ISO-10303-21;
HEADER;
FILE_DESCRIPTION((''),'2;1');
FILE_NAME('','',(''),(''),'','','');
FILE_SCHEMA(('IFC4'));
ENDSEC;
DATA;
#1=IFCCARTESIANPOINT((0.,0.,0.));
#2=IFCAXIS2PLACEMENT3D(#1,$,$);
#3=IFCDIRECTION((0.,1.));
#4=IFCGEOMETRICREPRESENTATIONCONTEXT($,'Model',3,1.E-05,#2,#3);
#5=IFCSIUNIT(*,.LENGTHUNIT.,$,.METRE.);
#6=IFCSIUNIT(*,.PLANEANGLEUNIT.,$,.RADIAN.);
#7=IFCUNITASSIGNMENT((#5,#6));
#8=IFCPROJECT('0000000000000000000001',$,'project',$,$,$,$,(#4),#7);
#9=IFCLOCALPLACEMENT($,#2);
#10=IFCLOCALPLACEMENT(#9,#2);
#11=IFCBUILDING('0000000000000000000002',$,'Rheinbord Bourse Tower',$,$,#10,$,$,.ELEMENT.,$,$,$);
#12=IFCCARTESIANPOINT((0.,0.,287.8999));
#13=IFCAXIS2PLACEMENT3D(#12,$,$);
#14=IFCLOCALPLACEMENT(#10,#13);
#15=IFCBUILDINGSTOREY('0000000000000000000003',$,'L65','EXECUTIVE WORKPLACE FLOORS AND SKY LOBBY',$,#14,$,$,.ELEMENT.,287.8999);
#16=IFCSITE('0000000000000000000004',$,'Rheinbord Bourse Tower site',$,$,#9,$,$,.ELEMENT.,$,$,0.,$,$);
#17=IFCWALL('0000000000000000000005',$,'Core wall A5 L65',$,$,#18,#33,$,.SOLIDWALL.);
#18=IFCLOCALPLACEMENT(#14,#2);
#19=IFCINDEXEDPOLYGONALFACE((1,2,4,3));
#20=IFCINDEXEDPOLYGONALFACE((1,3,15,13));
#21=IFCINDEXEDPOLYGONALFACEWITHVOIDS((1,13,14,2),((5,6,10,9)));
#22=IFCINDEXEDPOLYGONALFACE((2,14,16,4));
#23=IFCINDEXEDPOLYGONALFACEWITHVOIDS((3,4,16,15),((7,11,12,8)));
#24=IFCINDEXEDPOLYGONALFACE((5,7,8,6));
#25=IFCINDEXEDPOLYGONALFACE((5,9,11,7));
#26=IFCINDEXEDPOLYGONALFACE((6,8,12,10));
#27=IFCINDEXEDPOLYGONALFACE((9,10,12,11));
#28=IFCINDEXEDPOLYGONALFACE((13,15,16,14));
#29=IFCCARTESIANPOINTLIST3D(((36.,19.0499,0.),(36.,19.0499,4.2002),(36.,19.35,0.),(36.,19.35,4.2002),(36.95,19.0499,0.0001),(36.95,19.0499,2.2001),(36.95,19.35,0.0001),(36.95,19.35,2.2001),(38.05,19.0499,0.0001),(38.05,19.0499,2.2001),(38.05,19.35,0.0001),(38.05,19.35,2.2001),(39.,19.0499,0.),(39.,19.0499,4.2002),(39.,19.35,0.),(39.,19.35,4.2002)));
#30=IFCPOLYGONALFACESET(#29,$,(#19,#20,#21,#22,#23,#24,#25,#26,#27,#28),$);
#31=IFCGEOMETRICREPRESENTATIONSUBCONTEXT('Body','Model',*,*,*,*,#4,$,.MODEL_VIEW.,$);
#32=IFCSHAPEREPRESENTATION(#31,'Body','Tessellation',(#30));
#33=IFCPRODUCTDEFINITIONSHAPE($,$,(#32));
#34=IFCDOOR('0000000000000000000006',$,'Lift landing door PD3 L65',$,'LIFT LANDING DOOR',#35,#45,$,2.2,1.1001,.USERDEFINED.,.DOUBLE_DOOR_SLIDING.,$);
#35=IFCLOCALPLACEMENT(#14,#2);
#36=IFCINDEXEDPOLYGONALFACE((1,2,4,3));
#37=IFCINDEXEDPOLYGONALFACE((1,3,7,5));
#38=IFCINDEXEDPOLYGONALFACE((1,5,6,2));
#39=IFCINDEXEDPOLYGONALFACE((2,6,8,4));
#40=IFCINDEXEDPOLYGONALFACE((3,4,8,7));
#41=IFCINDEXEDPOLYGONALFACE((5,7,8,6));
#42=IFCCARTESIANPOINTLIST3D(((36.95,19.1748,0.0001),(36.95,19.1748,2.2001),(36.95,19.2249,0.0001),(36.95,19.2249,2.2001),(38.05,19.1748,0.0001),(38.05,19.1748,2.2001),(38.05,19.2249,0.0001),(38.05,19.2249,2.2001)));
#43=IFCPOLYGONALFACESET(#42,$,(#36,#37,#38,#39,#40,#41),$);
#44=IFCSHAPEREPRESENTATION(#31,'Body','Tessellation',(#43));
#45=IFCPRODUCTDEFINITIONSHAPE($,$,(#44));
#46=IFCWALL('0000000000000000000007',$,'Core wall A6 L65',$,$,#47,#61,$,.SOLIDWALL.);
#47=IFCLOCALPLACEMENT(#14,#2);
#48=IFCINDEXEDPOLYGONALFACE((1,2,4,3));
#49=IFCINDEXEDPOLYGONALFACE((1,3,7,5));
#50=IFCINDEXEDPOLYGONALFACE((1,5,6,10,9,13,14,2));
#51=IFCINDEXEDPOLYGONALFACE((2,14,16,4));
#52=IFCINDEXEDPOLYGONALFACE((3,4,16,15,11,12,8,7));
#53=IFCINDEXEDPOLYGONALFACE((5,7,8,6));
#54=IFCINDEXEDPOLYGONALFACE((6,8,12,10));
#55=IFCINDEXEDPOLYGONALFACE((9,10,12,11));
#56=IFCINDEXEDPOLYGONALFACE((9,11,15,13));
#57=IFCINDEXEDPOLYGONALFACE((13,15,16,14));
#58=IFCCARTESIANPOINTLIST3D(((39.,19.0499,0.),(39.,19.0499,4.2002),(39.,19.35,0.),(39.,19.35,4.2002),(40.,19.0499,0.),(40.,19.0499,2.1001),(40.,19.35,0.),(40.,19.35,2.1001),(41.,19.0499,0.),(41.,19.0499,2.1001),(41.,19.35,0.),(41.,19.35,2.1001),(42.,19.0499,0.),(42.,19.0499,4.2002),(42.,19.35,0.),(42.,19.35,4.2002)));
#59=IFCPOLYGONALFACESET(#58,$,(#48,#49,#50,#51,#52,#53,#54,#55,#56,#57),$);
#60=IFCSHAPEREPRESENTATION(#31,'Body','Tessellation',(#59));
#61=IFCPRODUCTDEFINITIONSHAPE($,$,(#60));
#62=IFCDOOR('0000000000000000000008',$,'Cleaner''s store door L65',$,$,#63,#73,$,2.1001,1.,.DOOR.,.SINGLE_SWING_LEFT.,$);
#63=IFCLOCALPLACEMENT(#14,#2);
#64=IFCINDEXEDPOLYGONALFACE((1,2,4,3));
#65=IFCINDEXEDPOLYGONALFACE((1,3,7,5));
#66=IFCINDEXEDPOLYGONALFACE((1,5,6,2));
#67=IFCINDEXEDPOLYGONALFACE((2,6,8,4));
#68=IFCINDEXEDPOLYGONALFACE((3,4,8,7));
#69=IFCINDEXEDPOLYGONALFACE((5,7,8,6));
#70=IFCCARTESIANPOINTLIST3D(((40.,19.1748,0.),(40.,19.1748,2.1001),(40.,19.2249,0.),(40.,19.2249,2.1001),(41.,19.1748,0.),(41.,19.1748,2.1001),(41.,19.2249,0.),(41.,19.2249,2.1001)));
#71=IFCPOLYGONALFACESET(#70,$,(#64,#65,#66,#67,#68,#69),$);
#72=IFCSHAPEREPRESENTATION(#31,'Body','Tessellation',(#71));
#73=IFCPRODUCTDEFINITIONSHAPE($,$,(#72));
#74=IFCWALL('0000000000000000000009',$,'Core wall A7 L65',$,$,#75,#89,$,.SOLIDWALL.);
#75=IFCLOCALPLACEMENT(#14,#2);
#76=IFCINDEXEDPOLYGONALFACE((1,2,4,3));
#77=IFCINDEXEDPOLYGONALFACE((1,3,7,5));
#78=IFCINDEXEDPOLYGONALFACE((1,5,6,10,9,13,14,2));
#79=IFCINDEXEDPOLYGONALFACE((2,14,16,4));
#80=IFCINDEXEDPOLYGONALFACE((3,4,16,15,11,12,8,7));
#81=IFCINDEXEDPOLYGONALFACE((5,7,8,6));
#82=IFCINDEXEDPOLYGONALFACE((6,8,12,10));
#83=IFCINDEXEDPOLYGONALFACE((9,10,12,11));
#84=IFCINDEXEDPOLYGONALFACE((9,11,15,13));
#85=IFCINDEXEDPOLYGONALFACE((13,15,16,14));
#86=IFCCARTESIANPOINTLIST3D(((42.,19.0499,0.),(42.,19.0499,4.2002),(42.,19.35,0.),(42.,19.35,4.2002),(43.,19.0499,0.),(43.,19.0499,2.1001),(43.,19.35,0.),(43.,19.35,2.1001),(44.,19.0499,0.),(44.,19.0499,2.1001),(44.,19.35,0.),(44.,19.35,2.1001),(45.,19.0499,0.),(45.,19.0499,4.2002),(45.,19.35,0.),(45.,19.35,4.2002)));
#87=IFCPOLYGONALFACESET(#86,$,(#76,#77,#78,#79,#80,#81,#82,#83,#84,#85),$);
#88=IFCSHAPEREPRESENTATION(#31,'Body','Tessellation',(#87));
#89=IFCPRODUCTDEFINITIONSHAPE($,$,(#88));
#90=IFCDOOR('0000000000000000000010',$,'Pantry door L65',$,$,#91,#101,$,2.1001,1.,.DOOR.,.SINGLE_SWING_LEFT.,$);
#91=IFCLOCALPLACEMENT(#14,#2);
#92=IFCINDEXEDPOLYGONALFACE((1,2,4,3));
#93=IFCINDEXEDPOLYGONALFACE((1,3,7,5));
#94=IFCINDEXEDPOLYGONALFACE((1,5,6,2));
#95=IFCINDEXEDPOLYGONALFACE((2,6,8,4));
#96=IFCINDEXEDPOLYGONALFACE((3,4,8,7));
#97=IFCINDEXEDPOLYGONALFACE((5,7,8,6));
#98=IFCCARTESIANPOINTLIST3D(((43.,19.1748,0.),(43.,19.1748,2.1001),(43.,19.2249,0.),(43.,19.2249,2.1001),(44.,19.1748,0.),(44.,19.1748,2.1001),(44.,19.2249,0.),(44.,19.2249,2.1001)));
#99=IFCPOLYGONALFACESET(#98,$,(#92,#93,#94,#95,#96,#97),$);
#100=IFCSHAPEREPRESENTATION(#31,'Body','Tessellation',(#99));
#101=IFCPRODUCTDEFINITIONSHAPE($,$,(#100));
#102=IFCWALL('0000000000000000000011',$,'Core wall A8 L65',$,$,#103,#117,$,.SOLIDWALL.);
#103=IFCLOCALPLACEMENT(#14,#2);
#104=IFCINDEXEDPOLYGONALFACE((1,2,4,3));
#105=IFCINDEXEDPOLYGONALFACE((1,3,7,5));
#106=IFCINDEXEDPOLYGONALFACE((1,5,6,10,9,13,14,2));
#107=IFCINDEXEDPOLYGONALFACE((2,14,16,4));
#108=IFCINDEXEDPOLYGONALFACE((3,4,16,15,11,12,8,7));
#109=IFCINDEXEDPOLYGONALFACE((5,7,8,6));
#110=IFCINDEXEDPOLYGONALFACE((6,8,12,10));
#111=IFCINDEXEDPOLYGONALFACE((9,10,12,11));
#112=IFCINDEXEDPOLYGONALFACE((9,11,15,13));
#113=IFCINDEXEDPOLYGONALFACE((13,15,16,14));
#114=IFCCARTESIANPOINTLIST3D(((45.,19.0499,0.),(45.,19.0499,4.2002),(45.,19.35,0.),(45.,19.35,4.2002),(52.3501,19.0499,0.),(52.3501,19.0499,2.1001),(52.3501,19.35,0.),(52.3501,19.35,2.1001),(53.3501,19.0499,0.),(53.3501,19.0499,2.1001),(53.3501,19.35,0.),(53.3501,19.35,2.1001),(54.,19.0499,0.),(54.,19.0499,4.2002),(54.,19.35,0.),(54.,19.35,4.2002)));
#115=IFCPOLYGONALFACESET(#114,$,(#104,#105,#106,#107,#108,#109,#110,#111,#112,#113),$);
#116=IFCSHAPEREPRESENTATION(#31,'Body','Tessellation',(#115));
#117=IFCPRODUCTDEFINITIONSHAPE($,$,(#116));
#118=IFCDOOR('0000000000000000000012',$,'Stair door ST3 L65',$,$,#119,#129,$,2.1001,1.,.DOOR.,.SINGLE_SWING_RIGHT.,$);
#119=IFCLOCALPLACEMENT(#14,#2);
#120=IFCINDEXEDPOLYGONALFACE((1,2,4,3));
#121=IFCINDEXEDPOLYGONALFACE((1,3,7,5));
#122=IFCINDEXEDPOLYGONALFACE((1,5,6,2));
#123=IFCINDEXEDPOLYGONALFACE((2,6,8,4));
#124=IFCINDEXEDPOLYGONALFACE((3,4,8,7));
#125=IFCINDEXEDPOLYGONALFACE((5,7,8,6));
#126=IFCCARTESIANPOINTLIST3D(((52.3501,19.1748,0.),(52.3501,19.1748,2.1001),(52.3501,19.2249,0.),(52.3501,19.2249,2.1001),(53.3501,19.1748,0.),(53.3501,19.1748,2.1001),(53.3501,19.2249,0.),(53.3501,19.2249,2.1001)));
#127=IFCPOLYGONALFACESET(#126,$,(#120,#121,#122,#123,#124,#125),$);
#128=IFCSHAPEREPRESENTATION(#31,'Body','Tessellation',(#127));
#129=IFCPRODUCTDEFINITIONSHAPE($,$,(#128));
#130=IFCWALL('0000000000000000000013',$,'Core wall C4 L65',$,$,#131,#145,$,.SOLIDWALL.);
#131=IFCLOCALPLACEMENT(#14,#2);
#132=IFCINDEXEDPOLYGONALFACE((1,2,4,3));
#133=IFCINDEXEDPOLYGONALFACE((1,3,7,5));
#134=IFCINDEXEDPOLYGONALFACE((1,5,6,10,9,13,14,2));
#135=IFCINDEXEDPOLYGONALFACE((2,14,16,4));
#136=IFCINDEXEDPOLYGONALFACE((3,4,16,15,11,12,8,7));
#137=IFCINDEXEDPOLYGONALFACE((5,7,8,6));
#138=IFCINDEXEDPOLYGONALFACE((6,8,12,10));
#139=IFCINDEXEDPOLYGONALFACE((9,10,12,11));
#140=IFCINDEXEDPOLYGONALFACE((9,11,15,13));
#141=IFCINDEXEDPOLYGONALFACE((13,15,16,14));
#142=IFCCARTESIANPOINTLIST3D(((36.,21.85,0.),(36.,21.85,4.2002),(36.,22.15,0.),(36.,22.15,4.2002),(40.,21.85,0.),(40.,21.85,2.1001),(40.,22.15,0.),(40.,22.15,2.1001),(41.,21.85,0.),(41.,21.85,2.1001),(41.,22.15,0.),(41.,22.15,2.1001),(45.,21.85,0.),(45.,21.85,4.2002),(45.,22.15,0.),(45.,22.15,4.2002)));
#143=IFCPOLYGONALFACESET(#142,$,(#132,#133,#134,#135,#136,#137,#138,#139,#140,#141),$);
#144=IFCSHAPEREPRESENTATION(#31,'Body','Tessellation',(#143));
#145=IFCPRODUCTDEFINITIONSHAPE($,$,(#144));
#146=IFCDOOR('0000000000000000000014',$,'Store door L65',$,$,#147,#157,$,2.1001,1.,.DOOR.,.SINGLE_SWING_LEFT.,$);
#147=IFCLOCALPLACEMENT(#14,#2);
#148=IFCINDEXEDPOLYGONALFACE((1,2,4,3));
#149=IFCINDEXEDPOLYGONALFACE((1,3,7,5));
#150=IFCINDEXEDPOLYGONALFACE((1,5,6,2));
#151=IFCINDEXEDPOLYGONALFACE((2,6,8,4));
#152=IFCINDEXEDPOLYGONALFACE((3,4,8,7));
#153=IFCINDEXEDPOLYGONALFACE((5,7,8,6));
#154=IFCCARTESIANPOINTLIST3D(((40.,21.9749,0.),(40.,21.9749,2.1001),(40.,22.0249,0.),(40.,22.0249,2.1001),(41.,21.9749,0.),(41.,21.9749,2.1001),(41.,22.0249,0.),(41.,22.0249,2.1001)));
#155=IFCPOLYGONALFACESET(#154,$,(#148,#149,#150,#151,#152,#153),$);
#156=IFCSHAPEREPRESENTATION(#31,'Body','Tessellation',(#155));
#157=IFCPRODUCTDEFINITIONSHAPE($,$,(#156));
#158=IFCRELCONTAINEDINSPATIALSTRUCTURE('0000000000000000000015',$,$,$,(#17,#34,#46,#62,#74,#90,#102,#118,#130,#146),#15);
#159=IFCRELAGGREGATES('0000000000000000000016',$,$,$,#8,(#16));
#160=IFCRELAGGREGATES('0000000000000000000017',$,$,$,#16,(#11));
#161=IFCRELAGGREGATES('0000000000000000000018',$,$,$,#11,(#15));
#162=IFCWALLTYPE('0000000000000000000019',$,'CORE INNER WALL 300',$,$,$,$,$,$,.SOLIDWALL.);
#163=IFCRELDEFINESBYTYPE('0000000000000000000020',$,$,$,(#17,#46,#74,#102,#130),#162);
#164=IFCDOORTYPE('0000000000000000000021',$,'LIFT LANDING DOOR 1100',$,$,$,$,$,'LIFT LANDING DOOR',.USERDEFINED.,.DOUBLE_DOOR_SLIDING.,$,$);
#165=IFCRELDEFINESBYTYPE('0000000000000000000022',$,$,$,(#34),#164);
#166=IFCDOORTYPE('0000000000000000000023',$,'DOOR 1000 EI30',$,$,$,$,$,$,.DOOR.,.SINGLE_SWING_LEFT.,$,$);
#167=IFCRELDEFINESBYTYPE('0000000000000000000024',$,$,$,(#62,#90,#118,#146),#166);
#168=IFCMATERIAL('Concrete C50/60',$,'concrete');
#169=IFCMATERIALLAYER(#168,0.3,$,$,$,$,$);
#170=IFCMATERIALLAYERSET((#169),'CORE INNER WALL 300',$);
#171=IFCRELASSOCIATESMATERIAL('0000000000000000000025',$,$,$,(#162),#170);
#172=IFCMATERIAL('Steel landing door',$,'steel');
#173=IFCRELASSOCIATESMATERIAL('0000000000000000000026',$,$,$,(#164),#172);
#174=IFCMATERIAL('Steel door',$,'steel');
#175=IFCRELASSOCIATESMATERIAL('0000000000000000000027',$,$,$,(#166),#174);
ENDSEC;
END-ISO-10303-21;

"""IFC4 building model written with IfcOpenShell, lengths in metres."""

from ifc_helpers import new_model, si_unit, direction, frame, frame_2d, origin, place, context, subcontext, project, spatial, rectangle, extrude, material, layer, layer_set, type_object, element, fill, save


model = new_model("IFC4")

# Units and contexts
model_context = context("Model", 3, precision=1e-05, world=origin(), true_north=direction((0.0, 1.0)))
body_context = subcontext(model_context, "Body", "Model", "MODEL_VIEW")
ifc_project = project(units=[si_unit("LENGTHUNIT", "METRE"), si_unit("PLANEANGLEUNIT", "RADIAN")], contexts=[model_context])

# Site, building, storey
site_placement = place(None, origin())
site = spatial("IfcSite", under=ifc_project, at=site_placement, Name="Rheinbord Bourse Tower site", CompositionType="ELEMENT", RefElevation=0.0)
building_placement = place(site_placement, origin())
building = spatial("IfcBuilding", under=site, at=building_placement, Name="Rheinbord Bourse Tower", CompositionType="ELEMENT")
storey_placement = place(building_placement, frame((0.0, 0.0, 287.8999)))
storey = spatial("IfcBuildingStorey", under=building, at=storey_placement, Name="L65", Description="EXECUTIVE WORKPLACE FLOORS AND SKY LOBBY", CompositionType="ELEMENT", Elevation=287.8999)

# Walls, openings, doors
ifc_material_1 = material(Name="Concrete C50/60", Category="concrete")
ifc_layer = layer(ifc_material_1, 0.3)
ifc_layer_set = layer_set([ifc_layer], Name="CORE INNER WALL 300")
wall_type = type_object("IfcWallType", Name="CORE INNER WALL 300", PredefinedType="SOLIDWALL", material=ifc_layer_set)
wall_1_placement = place(storey_placement, frame((36.0, 19.2, 0.0), z_axis=(0.0, 0.0, 1.0), x_axis=(1.0, 0.0, 0.0)))
wall_1 = element("IfcWall", 1, at=wall_1_placement, inside=storey, type_object=wall_type, Name="Core wall A5 L65", PredefinedType="SOLIDWALL", context=body_context, shape_type="SweptSolid", body=[
    extrude(rectangle(XDim=3.0, YDim=0.3, at=frame_2d((1.5, 0.0))), origin(), (0.0, 0.0, 1.0), 4.2002),
])
opening_1_placement = place(wall_1_placement, frame((0.95, 0.0, 0.0)))
opening_1 = element("IfcOpeningElement", 2, at=opening_1_placement, cuts=wall_1, PredefinedType="OPENING", context=body_context, shape_type="SweptSolid", body=[
    extrude(rectangle(XDim=1.1001, YDim=2.2, at=frame_2d((0.55, 1.1001))), frame((0.0, 0.1599, 0.0), z_axis=(0.0, -1.0, 0.0), x_axis=(1.0, 0.0, 0.0)), (0.0, 0.0, 1.0), 0.3201),
])
ifc_material_2 = material(Name="Steel landing door", Category="steel")
door_type_1 = type_object("IfcDoorType", Name="LIFT LANDING DOOR 1100", ElementType="LIFT LANDING DOOR", OperationType="DOUBLE_DOOR_SLIDING", PredefinedType="USERDEFINED", material=ifc_material_2)
door_1_placement = place(opening_1_placement, origin())
door_1 = element("IfcDoor", 3, at=door_1_placement, inside=storey, type_object=door_type_1, Name="Lift landing door PD3 L65", ObjectType="LIFT LANDING DOOR", OperationType="DOUBLE_DOOR_SLIDING", OverallHeight=2.2, OverallWidth=1.1001, PredefinedType="USERDEFINED", context=body_context, shape_type="SweptSolid", body=[
    extrude(rectangle(XDim=1.1001, YDim=2.2, at=frame_2d((0.55, 1.1001))), frame((0.0, 0.0249, 0.0), z_axis=(0.0, -1.0, 0.0), x_axis=(1.0, 0.0, 0.0)), (0.0, 0.0, 1.0), 0.05),
])
fill(opening_1, door_1)
wall_2_placement = place(storey_placement, frame((39.0, 19.2, 0.0), z_axis=(0.0, 0.0, 1.0), x_axis=(1.0, 0.0, 0.0)))
wall_2 = element("IfcWall", 4, at=wall_2_placement, inside=storey, type_object=wall_type, Name="Core wall A6 L65", PredefinedType="SOLIDWALL", context=body_context, shape_type="SweptSolid", body=[
    extrude(rectangle(XDim=3.0, YDim=0.3, at=frame_2d((1.5, 0.0))), origin(), (0.0, 0.0, 1.0), 4.2002),
])
opening_2_placement = place(wall_2_placement, frame((1.0, 0.0, 0.0)))
opening_2 = element("IfcOpeningElement", 5, at=opening_2_placement, cuts=wall_2, PredefinedType="OPENING", context=body_context, shape_type="SweptSolid", body=[
    extrude(rectangle(XDim=1.0, YDim=2.1001, at=frame_2d((0.5, 1.05))), frame((0.0, 0.1599, 0.0), z_axis=(0.0, -1.0, 0.0), x_axis=(1.0, 0.0, 0.0)), (0.0, 0.0, 1.0), 0.3201),
])
ifc_material_3 = material(Name="Steel door", Category="steel")
door_type_2 = type_object("IfcDoorType", Name="DOOR 1000 EI30", OperationType="SINGLE_SWING_LEFT", PredefinedType="DOOR", material=ifc_material_3)
door_2_placement = place(opening_2_placement, origin())
door_2 = element("IfcDoor", 6, at=door_2_placement, inside=storey, type_object=door_type_2, Name="Cleaner's store door L65", OperationType="SINGLE_SWING_LEFT", OverallHeight=2.1001, OverallWidth=1.0, PredefinedType="DOOR", context=body_context, shape_type="SweptSolid", body=[
    extrude(rectangle(XDim=1.0, YDim=2.1001, at=frame_2d((0.5, 1.05))), frame((0.0, 0.0249, 0.0), z_axis=(0.0, -1.0, 0.0), x_axis=(1.0, 0.0, 0.0)), (0.0, 0.0, 1.0), 0.05),
])
fill(opening_2, door_2)
wall_3_placement = place(storey_placement, frame((42.0, 19.2, 0.0), z_axis=(0.0, 0.0, 1.0), x_axis=(1.0, 0.0, 0.0)))
wall_3 = element("IfcWall", 7, at=wall_3_placement, inside=storey, type_object=wall_type, Name="Core wall A7 L65", PredefinedType="SOLIDWALL", context=body_context, shape_type="SweptSolid", body=[
    extrude(rectangle(XDim=3.0, YDim=0.3, at=frame_2d((1.5, 0.0))), origin(), (0.0, 0.0, 1.0), 4.2002),
])
opening_3_placement = place(wall_3_placement, frame((1.0, 0.0, 0.0)))
opening_3 = element("IfcOpeningElement", 8, at=opening_3_placement, cuts=wall_3, PredefinedType="OPENING", context=body_context, shape_type="SweptSolid", body=[
    extrude(rectangle(XDim=1.0, YDim=2.1001, at=frame_2d((0.5, 1.05))), frame((0.0, 0.1599, 0.0), z_axis=(0.0, -1.0, 0.0), x_axis=(1.0, 0.0, 0.0)), (0.0, 0.0, 1.0), 0.3201),
])
door_3_placement = place(opening_3_placement, origin())
door_3 = element("IfcDoor", 9, at=door_3_placement, inside=storey, type_object=door_type_2, Name="Pantry door L65", OperationType="SINGLE_SWING_LEFT", OverallHeight=2.1001, OverallWidth=1.0, PredefinedType="DOOR", context=body_context, shape_type="SweptSolid", body=[
    extrude(rectangle(XDim=1.0, YDim=2.1001, at=frame_2d((0.5, 1.05))), frame((0.0, 0.0249, 0.0), z_axis=(0.0, -1.0, 0.0), x_axis=(1.0, 0.0, 0.0)), (0.0, 0.0, 1.0), 0.05),
])
fill(opening_3, door_3)
wall_4_placement = place(storey_placement, frame((45.0, 19.2, 0.0), z_axis=(0.0, 0.0, 1.0), x_axis=(1.0, 0.0, 0.0)))
wall_4 = element("IfcWall", 10, at=wall_4_placement, inside=storey, type_object=wall_type, Name="Core wall A8 L65", PredefinedType="SOLIDWALL", context=body_context, shape_type="SweptSolid", body=[
    extrude(rectangle(XDim=9.0, YDim=0.3, at=frame_2d((4.5, 0.0))), origin(), (0.0, 0.0, 1.0), 4.2002),
])
opening_4_placement = place(wall_4_placement, frame((7.3501, 0.0, 0.0)))
opening_4 = element("IfcOpeningElement", 11, at=opening_4_placement, cuts=wall_4, PredefinedType="OPENING", context=body_context, shape_type="SweptSolid", body=[
    extrude(rectangle(XDim=1.0, YDim=2.1001, at=frame_2d((0.5, 1.05))), frame((0.0, 0.1599, 0.0), z_axis=(0.0, -1.0, 0.0), x_axis=(1.0, 0.0, 0.0)), (0.0, 0.0, 1.0), 0.3201),
])
door_4_placement = place(opening_4_placement, origin())
door_4 = element("IfcDoor", 12, at=door_4_placement, inside=storey, type_object=door_type_2, Name="Stair door ST3 L65", OperationType="SINGLE_SWING_RIGHT", OverallHeight=2.1001, OverallWidth=1.0, PredefinedType="DOOR", context=body_context, shape_type="SweptSolid", body=[
    extrude(rectangle(XDim=1.0, YDim=2.1001, at=frame_2d((0.5, 1.05))), frame((0.0, 0.0249, 0.0), z_axis=(0.0, -1.0, 0.0), x_axis=(1.0, 0.0, 0.0)), (0.0, 0.0, 1.0), 0.05),
])
fill(opening_4, door_4)
wall_5_placement = place(storey_placement, frame((36.0, 22.0, 0.0), z_axis=(0.0, 0.0, 1.0), x_axis=(1.0, 0.0, 0.0)))
wall_5 = element("IfcWall", 13, at=wall_5_placement, inside=storey, type_object=wall_type, Name="Core wall C4 L65", PredefinedType="SOLIDWALL", context=body_context, shape_type="SweptSolid", body=[
    extrude(rectangle(XDim=9.0, YDim=0.3, at=frame_2d((4.5, 0.0))), origin(), (0.0, 0.0, 1.0), 4.2002),
])
opening_5_placement = place(wall_5_placement, frame((4.0, 0.0, 0.0)))
opening_5 = element("IfcOpeningElement", 14, at=opening_5_placement, cuts=wall_5, PredefinedType="OPENING", context=body_context, shape_type="SweptSolid", body=[
    extrude(rectangle(XDim=1.0, YDim=2.1001, at=frame_2d((0.5, 1.05))), frame((0.0, 0.1599, 0.0), z_axis=(0.0, -1.0, 0.0), x_axis=(1.0, 0.0, 0.0)), (0.0, 0.0, 1.0), 0.3201),
])
door_5_placement = place(opening_5_placement, origin())
door_5 = element("IfcDoor", 15, at=door_5_placement, inside=storey, type_object=door_type_2, Name="Store door L65", OperationType="SINGLE_SWING_LEFT", OverallHeight=2.1001, OverallWidth=1.0, PredefinedType="DOOR", context=body_context, shape_type="SweptSolid", body=[
    extrude(rectangle(XDim=1.0, YDim=2.1001, at=frame_2d((0.5, 1.05))), frame((0.0, 0.0249, 0.0), z_axis=(0.0, -1.0, 0.0), x_axis=(1.0, 0.0, 0.0)), (0.0, 0.0, 1.0), 0.05),
])
fill(opening_5, door_5)

save(model, "model.ifc")
